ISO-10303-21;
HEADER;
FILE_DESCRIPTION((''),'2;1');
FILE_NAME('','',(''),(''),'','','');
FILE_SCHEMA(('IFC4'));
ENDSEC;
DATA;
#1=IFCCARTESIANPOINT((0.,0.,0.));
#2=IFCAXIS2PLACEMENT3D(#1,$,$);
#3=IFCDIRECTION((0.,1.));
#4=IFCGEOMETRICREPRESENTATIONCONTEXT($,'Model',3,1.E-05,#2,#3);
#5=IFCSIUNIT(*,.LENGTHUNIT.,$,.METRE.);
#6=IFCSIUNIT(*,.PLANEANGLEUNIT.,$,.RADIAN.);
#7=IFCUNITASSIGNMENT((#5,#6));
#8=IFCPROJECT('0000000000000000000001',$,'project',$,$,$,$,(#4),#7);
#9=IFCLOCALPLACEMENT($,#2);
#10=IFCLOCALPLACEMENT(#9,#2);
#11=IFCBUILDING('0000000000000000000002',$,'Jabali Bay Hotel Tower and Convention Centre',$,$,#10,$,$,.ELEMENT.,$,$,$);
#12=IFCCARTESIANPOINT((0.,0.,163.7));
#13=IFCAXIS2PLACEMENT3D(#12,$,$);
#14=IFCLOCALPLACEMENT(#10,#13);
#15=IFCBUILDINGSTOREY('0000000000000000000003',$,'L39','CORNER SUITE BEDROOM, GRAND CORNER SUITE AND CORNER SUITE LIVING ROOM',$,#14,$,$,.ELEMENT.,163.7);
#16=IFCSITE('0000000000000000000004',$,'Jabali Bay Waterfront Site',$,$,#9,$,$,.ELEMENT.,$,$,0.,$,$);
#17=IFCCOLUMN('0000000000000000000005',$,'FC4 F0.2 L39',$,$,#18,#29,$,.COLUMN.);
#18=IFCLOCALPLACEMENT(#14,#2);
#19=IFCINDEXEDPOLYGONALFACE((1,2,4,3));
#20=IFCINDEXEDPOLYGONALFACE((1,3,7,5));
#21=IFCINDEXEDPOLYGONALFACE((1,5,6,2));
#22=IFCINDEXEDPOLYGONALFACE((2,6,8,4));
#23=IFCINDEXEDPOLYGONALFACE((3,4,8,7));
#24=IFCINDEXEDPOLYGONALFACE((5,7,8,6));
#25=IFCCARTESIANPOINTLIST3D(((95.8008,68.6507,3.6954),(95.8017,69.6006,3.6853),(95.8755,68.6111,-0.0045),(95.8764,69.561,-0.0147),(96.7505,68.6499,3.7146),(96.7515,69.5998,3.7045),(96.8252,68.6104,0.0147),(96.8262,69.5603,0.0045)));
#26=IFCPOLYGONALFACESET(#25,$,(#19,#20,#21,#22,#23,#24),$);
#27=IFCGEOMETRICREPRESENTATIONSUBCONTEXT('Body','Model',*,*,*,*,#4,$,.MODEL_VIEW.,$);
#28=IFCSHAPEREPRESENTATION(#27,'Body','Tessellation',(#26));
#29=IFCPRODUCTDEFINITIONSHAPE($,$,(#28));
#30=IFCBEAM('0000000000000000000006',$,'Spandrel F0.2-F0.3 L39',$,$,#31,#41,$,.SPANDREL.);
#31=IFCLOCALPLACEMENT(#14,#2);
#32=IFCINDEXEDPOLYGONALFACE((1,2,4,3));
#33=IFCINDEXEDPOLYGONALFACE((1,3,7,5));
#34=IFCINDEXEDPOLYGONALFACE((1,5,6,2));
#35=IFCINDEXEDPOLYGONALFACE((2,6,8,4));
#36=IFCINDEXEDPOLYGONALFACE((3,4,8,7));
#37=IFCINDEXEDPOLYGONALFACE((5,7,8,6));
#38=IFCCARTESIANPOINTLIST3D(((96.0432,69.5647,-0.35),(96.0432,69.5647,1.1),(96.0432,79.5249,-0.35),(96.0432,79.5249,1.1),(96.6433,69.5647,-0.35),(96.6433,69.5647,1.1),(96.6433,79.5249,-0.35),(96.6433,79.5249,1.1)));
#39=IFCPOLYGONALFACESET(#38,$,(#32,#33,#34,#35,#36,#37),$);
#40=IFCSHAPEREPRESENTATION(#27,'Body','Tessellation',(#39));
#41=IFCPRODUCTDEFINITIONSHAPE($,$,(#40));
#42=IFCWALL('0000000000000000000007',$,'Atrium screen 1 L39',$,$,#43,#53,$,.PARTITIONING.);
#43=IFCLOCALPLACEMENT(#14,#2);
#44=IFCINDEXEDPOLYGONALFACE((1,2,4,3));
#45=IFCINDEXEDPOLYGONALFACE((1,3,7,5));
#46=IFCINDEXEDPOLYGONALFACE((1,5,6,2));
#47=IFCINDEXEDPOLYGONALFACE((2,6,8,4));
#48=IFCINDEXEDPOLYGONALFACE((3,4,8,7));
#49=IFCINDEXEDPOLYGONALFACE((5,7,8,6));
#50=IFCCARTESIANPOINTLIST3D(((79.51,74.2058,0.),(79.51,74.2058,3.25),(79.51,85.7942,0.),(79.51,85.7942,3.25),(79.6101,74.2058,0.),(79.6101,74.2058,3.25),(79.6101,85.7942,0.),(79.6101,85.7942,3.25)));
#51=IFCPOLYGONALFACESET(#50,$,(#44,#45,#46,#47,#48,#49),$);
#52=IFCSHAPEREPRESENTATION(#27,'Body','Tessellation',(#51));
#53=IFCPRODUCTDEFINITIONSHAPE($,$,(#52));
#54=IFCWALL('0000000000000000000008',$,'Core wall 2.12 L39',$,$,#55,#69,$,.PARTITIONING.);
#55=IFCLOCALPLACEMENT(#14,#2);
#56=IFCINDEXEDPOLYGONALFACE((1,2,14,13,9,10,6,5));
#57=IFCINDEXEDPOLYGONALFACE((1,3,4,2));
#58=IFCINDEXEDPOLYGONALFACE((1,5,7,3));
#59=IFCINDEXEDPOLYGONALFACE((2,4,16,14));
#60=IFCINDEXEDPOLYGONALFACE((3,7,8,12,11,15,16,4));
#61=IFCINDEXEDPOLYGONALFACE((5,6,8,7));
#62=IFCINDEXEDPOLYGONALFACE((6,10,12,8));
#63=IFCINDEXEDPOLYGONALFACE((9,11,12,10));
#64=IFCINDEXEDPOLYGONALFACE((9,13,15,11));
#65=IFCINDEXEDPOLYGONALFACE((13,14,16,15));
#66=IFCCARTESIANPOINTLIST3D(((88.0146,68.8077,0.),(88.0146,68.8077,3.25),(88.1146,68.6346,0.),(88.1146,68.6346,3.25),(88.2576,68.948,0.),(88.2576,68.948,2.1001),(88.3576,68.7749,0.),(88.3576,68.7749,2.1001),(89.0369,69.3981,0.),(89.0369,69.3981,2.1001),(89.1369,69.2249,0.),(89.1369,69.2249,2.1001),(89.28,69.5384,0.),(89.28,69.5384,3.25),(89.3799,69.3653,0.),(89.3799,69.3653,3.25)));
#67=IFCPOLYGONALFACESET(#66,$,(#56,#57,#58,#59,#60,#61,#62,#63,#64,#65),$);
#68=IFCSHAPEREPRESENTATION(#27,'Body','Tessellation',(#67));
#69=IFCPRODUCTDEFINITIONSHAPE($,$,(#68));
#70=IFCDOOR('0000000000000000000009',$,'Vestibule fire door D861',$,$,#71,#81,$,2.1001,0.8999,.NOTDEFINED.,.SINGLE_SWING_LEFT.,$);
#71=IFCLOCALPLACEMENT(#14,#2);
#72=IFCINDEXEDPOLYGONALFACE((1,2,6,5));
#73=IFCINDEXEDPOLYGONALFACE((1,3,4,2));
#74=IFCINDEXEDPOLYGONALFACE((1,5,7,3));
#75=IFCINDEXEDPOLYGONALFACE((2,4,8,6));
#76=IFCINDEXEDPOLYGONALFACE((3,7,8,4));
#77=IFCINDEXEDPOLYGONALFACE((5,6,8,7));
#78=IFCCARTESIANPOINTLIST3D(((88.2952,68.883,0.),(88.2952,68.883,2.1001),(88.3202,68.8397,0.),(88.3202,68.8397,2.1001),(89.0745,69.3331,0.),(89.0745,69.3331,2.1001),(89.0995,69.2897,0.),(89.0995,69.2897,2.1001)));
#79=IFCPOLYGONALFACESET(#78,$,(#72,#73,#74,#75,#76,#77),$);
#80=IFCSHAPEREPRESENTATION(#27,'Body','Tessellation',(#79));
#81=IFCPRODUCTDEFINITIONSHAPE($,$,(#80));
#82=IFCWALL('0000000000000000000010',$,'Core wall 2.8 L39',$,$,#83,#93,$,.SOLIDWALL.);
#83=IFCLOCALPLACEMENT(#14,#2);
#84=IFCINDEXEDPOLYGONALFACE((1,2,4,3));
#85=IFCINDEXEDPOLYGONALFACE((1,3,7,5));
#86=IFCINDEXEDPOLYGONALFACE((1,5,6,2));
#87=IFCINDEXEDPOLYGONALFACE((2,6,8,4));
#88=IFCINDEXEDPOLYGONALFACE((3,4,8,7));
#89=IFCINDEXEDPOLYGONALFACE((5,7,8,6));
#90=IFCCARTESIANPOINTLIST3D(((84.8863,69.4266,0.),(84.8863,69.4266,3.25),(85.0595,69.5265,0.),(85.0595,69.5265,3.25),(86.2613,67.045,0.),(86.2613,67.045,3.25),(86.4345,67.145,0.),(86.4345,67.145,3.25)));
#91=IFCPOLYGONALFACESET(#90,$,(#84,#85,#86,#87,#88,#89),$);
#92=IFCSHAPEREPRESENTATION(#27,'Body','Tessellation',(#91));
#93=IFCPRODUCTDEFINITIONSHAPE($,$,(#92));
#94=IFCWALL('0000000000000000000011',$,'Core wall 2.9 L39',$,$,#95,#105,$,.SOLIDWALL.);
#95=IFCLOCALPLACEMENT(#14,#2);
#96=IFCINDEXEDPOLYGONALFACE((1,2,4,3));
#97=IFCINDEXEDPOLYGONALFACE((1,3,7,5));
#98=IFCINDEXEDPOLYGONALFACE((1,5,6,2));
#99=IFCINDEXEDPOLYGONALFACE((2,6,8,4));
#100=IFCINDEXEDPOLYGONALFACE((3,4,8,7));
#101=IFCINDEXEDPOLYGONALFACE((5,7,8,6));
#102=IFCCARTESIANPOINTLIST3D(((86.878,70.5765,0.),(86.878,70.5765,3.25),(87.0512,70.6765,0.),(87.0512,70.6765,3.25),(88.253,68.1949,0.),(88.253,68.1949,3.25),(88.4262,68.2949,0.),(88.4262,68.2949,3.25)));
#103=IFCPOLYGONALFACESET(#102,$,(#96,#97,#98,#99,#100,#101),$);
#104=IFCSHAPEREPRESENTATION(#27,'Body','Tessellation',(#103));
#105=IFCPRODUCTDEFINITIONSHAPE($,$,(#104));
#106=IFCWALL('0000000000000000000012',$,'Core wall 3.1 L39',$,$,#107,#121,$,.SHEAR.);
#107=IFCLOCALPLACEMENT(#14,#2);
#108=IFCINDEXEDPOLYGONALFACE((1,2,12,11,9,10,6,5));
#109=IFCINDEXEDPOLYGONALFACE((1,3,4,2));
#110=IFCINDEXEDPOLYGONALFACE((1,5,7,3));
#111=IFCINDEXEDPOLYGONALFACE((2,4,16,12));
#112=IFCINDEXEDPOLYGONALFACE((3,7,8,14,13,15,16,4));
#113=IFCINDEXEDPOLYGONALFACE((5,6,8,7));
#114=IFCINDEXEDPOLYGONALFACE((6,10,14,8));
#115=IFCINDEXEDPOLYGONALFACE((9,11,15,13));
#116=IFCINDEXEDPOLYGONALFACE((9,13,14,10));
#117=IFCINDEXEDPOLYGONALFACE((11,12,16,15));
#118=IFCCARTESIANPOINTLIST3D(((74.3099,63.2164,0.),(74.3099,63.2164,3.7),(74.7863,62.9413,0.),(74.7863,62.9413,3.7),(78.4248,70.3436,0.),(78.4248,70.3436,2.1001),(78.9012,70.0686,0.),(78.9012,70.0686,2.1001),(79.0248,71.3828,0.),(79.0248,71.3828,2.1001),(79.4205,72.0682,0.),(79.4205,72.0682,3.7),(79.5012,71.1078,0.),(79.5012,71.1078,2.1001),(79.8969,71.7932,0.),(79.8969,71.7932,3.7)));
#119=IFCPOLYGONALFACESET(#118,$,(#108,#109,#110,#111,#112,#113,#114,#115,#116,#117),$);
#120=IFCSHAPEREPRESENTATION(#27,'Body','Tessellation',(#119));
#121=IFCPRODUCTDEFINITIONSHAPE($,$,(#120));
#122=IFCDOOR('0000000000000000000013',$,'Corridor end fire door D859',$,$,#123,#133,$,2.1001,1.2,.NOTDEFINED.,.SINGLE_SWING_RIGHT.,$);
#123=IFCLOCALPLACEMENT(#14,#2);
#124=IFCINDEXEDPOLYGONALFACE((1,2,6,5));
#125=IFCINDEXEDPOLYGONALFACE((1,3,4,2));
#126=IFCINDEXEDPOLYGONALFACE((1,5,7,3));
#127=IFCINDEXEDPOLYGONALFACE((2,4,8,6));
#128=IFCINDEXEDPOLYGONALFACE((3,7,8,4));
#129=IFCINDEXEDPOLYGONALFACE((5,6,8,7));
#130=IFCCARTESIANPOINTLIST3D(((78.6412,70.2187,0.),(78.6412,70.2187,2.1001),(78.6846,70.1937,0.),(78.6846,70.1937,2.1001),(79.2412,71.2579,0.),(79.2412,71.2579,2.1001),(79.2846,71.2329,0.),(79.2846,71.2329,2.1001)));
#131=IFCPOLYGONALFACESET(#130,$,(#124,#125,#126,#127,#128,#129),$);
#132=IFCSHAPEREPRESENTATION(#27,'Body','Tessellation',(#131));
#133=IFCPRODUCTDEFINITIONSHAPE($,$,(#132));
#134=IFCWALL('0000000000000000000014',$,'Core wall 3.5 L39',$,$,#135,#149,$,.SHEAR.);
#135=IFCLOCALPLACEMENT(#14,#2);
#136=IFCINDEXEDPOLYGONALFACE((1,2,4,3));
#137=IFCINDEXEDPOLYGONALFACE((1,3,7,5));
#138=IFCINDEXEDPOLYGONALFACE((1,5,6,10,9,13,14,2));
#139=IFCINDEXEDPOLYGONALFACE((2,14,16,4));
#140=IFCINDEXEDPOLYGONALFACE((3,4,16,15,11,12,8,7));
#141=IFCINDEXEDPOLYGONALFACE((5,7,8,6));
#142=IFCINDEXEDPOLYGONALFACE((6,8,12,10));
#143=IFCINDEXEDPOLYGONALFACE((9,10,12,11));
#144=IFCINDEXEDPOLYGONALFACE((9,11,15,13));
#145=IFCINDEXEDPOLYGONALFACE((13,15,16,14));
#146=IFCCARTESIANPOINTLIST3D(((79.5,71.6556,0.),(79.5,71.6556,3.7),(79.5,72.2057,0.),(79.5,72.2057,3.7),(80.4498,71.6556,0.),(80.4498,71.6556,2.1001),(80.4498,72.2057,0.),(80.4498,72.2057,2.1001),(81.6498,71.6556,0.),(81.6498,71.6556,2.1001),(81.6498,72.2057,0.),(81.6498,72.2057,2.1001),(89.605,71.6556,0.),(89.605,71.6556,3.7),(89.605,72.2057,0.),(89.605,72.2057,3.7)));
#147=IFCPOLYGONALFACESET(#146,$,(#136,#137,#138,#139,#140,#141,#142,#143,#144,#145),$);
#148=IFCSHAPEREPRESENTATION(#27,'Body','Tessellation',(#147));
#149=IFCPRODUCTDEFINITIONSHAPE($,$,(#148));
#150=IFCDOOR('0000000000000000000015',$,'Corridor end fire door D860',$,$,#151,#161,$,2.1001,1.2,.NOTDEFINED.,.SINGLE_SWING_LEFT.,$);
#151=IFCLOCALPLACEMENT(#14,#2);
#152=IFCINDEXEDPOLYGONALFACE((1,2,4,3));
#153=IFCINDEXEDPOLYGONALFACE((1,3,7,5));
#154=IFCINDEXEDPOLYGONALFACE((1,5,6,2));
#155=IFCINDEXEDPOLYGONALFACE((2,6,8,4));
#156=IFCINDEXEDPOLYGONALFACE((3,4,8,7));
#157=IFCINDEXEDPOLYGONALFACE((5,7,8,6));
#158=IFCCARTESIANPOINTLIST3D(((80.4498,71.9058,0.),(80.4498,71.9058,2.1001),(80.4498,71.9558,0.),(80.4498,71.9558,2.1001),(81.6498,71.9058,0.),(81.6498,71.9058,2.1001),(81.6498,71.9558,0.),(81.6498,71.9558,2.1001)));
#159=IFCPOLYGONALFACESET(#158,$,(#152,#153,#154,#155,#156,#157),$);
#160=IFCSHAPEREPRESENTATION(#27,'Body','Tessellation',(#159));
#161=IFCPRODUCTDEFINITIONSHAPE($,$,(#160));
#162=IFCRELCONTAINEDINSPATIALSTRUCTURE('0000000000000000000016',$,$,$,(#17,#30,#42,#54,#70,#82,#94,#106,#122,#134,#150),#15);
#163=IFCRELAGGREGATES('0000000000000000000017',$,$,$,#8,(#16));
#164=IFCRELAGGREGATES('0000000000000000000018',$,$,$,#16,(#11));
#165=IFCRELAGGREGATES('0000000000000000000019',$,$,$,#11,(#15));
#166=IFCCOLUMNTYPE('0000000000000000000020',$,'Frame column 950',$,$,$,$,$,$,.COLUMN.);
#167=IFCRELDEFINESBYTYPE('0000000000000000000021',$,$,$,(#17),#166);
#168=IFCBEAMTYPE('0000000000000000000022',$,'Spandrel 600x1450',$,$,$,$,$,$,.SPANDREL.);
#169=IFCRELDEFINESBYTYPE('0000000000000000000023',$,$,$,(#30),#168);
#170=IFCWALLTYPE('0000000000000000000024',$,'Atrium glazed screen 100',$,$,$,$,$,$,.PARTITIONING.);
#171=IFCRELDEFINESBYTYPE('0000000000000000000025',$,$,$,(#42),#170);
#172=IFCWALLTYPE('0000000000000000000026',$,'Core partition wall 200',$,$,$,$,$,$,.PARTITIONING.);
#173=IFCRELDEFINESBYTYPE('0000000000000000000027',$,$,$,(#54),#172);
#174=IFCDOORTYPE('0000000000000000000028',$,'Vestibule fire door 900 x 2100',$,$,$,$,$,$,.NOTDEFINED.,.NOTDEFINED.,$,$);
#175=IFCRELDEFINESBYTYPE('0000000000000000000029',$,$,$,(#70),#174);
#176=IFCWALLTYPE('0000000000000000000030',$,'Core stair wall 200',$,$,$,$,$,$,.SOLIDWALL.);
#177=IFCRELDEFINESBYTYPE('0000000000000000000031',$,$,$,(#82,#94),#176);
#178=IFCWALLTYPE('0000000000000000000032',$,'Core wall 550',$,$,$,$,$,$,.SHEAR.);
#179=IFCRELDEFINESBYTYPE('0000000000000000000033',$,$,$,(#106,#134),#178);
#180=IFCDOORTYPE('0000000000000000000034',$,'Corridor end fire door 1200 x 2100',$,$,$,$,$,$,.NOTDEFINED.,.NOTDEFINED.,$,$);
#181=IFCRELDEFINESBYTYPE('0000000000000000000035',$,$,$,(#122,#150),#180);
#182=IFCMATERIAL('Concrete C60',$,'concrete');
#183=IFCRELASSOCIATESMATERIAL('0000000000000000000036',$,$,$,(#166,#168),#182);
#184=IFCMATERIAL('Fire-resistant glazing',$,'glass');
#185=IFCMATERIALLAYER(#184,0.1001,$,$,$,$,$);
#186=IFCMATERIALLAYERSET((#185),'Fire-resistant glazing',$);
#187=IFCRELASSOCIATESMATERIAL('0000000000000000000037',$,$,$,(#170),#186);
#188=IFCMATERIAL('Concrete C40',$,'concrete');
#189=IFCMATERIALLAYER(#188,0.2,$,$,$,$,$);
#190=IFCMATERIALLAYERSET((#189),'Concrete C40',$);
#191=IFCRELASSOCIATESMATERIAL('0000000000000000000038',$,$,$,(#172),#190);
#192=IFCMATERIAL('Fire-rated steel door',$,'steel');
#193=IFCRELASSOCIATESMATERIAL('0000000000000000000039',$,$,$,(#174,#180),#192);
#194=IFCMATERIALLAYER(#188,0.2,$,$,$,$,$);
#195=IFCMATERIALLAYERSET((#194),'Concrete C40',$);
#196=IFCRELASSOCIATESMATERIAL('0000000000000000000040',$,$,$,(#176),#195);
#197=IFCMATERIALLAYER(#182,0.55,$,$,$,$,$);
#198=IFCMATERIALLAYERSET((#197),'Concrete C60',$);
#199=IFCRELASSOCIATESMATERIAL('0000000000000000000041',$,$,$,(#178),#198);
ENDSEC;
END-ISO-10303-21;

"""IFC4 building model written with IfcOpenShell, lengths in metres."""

from ifc_helpers import new_model, si_unit, direction, frame, frame_2d, origin, origin_2d, place, context, subcontext, project, spatial, rectangle, extrude, material, layer, layer_set, material_profile, profile_set, type_object, element, fill, save


model = new_model("IFC4")

# Units and contexts
model_context = context("Model", 3, precision=1e-05, world=origin(), true_north=direction((0.0, 1.0)))
body_context = subcontext(model_context, "Body", "Model", "MODEL_VIEW")
ifc_project = project(units=[si_unit("LENGTHUNIT", "METRE"), si_unit("PLANEANGLEUNIT", "RADIAN")], contexts=[model_context])

# Site, building, storey
site_placement = place(None, origin())
site = spatial("IfcSite", under=ifc_project, at=site_placement, Name="Jabali Bay Waterfront Site", CompositionType="ELEMENT", RefElevation=0.0)
building_placement = place(site_placement, origin())
building = spatial("IfcBuilding", under=site, at=building_placement, Name="Jabali Bay Hotel Tower and Convention Centre", CompositionType="ELEMENT")
storey_placement = place(building_placement, frame((0.0, 0.0, 163.7)))
storey = spatial("IfcBuildingStorey", under=building, at=storey_placement, Name="L39", Description="CORNER SUITE BEDROOM, GRAND CORNER SUITE AND CORNER SUITE LIVING ROOM", CompositionType="ELEMENT", Elevation=163.7)

# Column
ifc_material_1 = material(Name="Concrete C60", Category="concrete")
ifc_material_profile_1 = material_profile(ifc_material_1, rectangle(XDim=0.95, YDim=0.95, at=origin_2d()), Name="Frame column 950")
ifc_profile_set_1 = profile_set([ifc_material_profile_1], Name="Concrete C60")
column_type = type_object("IfcColumnType", Name="Frame column 950", PredefinedType="COLUMN", material=ifc_profile_set_1)
column_placement = place(storey_placement, frame((96.3508, 69.0857, 0.0), z_axis=(-0.020186, 0.010687, 0.999739), x_axis=(-0.001023, -0.999943, 0.010668)))
element("IfcColumn", 1, at=column_placement, inside=storey, type_object=column_type, Name="FC4 F0.2 L39", PredefinedType="COLUMN", context=body_context, shape_type="SweptSolid", body=[
    extrude(rectangle(XDim=0.95, YDim=0.95, at=origin_2d()), origin(), (0.0, 0.0, 1.0), 3.7009),
])

# Beam
ifc_material_profile_2 = material_profile(ifc_material_1, rectangle(XDim=0.6001, YDim=1.45, at=origin_2d()), Name="Spandrel 600x1450")
ifc_profile_set_2 = profile_set([ifc_material_profile_2], Name="Concrete C60")
beam_type = type_object("IfcBeamType", Name="Spandrel 600x1450", PredefinedType="SPANDREL", material=ifc_profile_set_2)
beam_placement = place(storey_placement, frame((96.3433, 69.5647, 0.375), z_axis=(0.0, 1.0, 0.0), x_axis=(-1.0, 0.0, 0.0)))
element("IfcBeam", 2, at=beam_placement, inside=storey, type_object=beam_type, Name="Spandrel F0.2-F0.3 L39", PredefinedType="SPANDREL", context=body_context, shape_type="SweptSolid", body=[
    extrude(rectangle(XDim=0.6001, YDim=1.45, at=origin_2d()), origin(), (0.0, 0.0, 1.0), 9.9602),
])

# Wall
ifc_material_2 = material(Name="Fire-resistant glazing", Category="glass")
ifc_layer_1 = layer(ifc_material_2, 0.1001)
ifc_layer_set_1 = layer_set([ifc_layer_1], Name="Fire-resistant glazing")
wall_type_1 = type_object("IfcWallType", Name="Atrium glazed screen 100", PredefinedType="PARTITIONING", material=ifc_layer_set_1)
wall_1_placement = place(storey_placement, frame((79.5601, 74.2058, 0.0), z_axis=(0.0, 0.0, 1.0), x_axis=(0.0, 1.0, 0.0)))
element("IfcWall", 3, at=wall_1_placement, inside=storey, type_object=wall_type_1, Name="Atrium screen 1 L39", PredefinedType="PARTITIONING", context=body_context, shape_type="SweptSolid", body=[
    extrude(rectangle(XDim=11.5884, YDim=0.1001, at=frame_2d((5.7942, 0.0))), origin(), (0.0, 0.0, 1.0), 3.25),
])

# Wall, opening, door
ifc_material_3 = material(Name="Concrete C40", Category="concrete")
ifc_layer_2 = layer(ifc_material_3, 0.2)
ifc_layer_set_2 = layer_set([ifc_layer_2], Name="Concrete C40")
wall_type_2 = type_object("IfcWallType", Name="Core partition wall 200", PredefinedType="PARTITIONING", material=ifc_layer_set_2)
wall_2_placement = place(storey_placement, frame((88.0647, 68.7212, 0.0), z_axis=(0.0, 0.0, 1.0), x_axis=(0.865982, 0.500074, 0.0)))
wall_2 = element("IfcWall", 4, at=wall_2_placement, inside=storey, type_object=wall_type_2, Name="Core wall 2.12 L39", PredefinedType="PARTITIONING", context=body_context, shape_type="SweptSolid", body=[
    extrude(rectangle(XDim=1.4612, YDim=0.2, at=frame_2d((0.7305, 0.0))), origin(), (0.0, 0.0, 1.0), 3.25),
])
opening_1_placement = place(wall_2_placement, frame((0.2805, 0.0, 0.0)))
opening_1 = element("IfcOpeningElement", 5, at=opening_1_placement, cuts=wall_2, PredefinedType="OPENING", context=body_context, shape_type="SweptSolid", body=[
    extrude(rectangle(XDim=0.8999, YDim=2.1001, at=frame_2d((0.45, 1.05))), frame((0.0, 0.1104, 0.0), z_axis=(0.0, -1.0, 0.0), x_axis=(1.0, 0.0, 0.0)), (0.0, 0.0, 1.0), 0.2209),
])
ifc_material_4 = material(Name="Fire-rated steel door", Category="steel")
door_type_1 = type_object("IfcDoorType", Name="Vestibule fire door 900 x 2100", OperationType="NOTDEFINED", PredefinedType="NOTDEFINED", material=ifc_material_4)
door_1_placement = place(opening_1_placement, origin())
door_1 = element("IfcDoor", 6, at=door_1_placement, inside=storey, type_object=door_type_1, Name="Vestibule fire door D861", OperationType="SINGLE_SWING_LEFT", OverallHeight=2.1001, OverallWidth=0.8999, PredefinedType="NOTDEFINED", context=body_context, shape_type="SweptSolid", body=[
    extrude(rectangle(XDim=0.8999, YDim=2.1001, at=frame_2d((0.45, 1.05))), frame((0.0, 0.0249, 0.0), z_axis=(0.0, -1.0, 0.0), x_axis=(1.0, 0.0, 0.0)), (0.0, 0.0, 1.0), 0.05),
])
fill(opening_1, door_1)

# Walls
ifc_layer_3 = layer(ifc_material_3, 0.2)
ifc_layer_set_3 = layer_set([ifc_layer_3], Name="Concrete C40")
wall_type_3 = type_object("IfcWallType", Name="Core stair wall 200", PredefinedType="SOLIDWALL", material=ifc_layer_set_3)
for number, where, z_axis, x_axis, name in (
    (7, (84.9729, 69.4766, 0.0), (0.0, 0.0, 1.0), (0.499997, -0.866027, 0.0), "Core wall 2.8 L39"),
    (8, (86.9646, 70.6265, 0.0), (0.0, 0.0, 1.0), (0.499997, -0.866027, 0.0), "Core wall 2.9 L39"),
):
    element("IfcWall", number, at=place(storey_placement, frame(where, z_axis=z_axis, x_axis=x_axis)), inside=storey, type_object=wall_type_3, Name=name, PredefinedType="SOLIDWALL", context=body_context, shape_type="SweptSolid", body=[
        extrude(rectangle(XDim=2.75, YDim=0.2, at=frame_2d((1.375, 0.0))), origin(), (0.0, 0.0, 1.0), 3.25),
    ])

# Walls, openings, doors
ifc_layer_4 = layer(ifc_material_1, 0.55)
ifc_layer_set_4 = layer_set([ifc_layer_4], Name="Concrete C60")
wall_type_4 = type_object("IfcWallType", Name="Core wall 550", PredefinedType="SHEAR", material=ifc_layer_set_4)
wall_3_placement = place(storey_placement, frame((79.6587, 71.9307, 0.0), z_axis=(0.0, 0.0, 1.0), x_axis=(-0.5, -0.866025, 0.0)))
wall_3 = element("IfcWall", 9, at=wall_3_placement, inside=storey, type_object=wall_type_4, Name="Core wall 3.1 L39", PredefinedType="SHEAR", context=body_context, shape_type="SweptSolid", body=[
    extrude(rectangle(XDim=10.2212, YDim=0.55, at=frame_2d((5.1106, 0.0))), origin(), (0.0, 0.0, 1.0), 3.7),
])
opening_2_placement = place(wall_3_placement, frame((0.7913, 0.0, 0.0)))
opening_2 = element("IfcOpeningElement", 10, at=opening_2_placement, cuts=wall_3, PredefinedType="OPENING", context=body_context, shape_type="SweptSolid", body=[
    extrude(rectangle(XDim=1.2, YDim=2.1001, at=frame_2d((0.6001, 1.05))), frame((0.0, 0.2856, 0.0), z_axis=(0.0, -1.0, 0.0), x_axis=(1.0, 0.0, 0.0)), (0.0, 0.0, 1.0), 0.571),
])
door_type_2 = type_object("IfcDoorType", Name="Corridor end fire door 1200 x 2100", OperationType="NOTDEFINED", PredefinedType="NOTDEFINED", material=ifc_material_4)
door_2_placement = place(opening_2_placement, origin())
door_2 = element("IfcDoor", 11, at=door_2_placement, inside=storey, type_object=door_type_2, Name="Corridor end fire door D859", OperationType="SINGLE_SWING_RIGHT", OverallHeight=2.1001, OverallWidth=1.2, PredefinedType="NOTDEFINED", context=body_context, shape_type="SweptSolid", body=[
    extrude(rectangle(XDim=1.2, YDim=2.1001, at=frame_2d((0.6001, 1.05))), frame((0.0, 0.0249, 0.0), z_axis=(0.0, -1.0, 0.0), x_axis=(1.0, 0.0, 0.0)), (0.0, 0.0, 1.0), 0.05),
])
fill(opening_2, door_2)
wall_4_placement = place(storey_placement, frame((89.605, 71.9307, 0.0), z_axis=(0.0, 0.0, 1.0), x_axis=(-1.0, 0.0, 0.0)))
wall_4 = element("IfcWall", 12, at=wall_4_placement, inside=storey, type_object=wall_type_4, Name="Core wall 3.5 L39", PredefinedType="SHEAR", context=body_context, shape_type="SweptSolid", body=[
    extrude(rectangle(XDim=10.105, YDim=0.55, at=frame_2d((5.0525, 0.0))), origin(), (0.0, 0.0, 1.0), 3.7),
])
opening_3_placement = place(wall_4_placement, frame((7.9551, 0.0, 0.0)))
opening_3 = element("IfcOpeningElement", 13, at=opening_3_placement, cuts=wall_4, PredefinedType="OPENING", context=body_context, shape_type="SweptSolid", body=[
    extrude(rectangle(XDim=1.2, YDim=2.1001, at=frame_2d((0.6001, 1.05))), frame((0.0, 0.2856, 0.0), z_axis=(0.0, -1.0, 0.0), x_axis=(1.0, 0.0, 0.0)), (0.0, 0.0, 1.0), 0.571),
])
door_3_placement = place(opening_3_placement, origin())
door_3 = element("IfcDoor", 14, at=door_3_placement, inside=storey, type_object=door_type_2, Name="Corridor end fire door D860", OperationType="SINGLE_SWING_LEFT", OverallHeight=2.1001, OverallWidth=1.2, PredefinedType="NOTDEFINED", context=body_context, shape_type="SweptSolid", body=[
    extrude(rectangle(XDim=1.2, YDim=2.1001, at=frame_2d((0.6001, 1.05))), frame((0.0, 0.0249, 0.0), z_axis=(0.0, -1.0, 0.0), x_axis=(1.0, 0.0, 0.0)), (0.0, 0.0, 1.0), 0.05),
])
fill(opening_3, door_3)

save(model, "model.ifc")
